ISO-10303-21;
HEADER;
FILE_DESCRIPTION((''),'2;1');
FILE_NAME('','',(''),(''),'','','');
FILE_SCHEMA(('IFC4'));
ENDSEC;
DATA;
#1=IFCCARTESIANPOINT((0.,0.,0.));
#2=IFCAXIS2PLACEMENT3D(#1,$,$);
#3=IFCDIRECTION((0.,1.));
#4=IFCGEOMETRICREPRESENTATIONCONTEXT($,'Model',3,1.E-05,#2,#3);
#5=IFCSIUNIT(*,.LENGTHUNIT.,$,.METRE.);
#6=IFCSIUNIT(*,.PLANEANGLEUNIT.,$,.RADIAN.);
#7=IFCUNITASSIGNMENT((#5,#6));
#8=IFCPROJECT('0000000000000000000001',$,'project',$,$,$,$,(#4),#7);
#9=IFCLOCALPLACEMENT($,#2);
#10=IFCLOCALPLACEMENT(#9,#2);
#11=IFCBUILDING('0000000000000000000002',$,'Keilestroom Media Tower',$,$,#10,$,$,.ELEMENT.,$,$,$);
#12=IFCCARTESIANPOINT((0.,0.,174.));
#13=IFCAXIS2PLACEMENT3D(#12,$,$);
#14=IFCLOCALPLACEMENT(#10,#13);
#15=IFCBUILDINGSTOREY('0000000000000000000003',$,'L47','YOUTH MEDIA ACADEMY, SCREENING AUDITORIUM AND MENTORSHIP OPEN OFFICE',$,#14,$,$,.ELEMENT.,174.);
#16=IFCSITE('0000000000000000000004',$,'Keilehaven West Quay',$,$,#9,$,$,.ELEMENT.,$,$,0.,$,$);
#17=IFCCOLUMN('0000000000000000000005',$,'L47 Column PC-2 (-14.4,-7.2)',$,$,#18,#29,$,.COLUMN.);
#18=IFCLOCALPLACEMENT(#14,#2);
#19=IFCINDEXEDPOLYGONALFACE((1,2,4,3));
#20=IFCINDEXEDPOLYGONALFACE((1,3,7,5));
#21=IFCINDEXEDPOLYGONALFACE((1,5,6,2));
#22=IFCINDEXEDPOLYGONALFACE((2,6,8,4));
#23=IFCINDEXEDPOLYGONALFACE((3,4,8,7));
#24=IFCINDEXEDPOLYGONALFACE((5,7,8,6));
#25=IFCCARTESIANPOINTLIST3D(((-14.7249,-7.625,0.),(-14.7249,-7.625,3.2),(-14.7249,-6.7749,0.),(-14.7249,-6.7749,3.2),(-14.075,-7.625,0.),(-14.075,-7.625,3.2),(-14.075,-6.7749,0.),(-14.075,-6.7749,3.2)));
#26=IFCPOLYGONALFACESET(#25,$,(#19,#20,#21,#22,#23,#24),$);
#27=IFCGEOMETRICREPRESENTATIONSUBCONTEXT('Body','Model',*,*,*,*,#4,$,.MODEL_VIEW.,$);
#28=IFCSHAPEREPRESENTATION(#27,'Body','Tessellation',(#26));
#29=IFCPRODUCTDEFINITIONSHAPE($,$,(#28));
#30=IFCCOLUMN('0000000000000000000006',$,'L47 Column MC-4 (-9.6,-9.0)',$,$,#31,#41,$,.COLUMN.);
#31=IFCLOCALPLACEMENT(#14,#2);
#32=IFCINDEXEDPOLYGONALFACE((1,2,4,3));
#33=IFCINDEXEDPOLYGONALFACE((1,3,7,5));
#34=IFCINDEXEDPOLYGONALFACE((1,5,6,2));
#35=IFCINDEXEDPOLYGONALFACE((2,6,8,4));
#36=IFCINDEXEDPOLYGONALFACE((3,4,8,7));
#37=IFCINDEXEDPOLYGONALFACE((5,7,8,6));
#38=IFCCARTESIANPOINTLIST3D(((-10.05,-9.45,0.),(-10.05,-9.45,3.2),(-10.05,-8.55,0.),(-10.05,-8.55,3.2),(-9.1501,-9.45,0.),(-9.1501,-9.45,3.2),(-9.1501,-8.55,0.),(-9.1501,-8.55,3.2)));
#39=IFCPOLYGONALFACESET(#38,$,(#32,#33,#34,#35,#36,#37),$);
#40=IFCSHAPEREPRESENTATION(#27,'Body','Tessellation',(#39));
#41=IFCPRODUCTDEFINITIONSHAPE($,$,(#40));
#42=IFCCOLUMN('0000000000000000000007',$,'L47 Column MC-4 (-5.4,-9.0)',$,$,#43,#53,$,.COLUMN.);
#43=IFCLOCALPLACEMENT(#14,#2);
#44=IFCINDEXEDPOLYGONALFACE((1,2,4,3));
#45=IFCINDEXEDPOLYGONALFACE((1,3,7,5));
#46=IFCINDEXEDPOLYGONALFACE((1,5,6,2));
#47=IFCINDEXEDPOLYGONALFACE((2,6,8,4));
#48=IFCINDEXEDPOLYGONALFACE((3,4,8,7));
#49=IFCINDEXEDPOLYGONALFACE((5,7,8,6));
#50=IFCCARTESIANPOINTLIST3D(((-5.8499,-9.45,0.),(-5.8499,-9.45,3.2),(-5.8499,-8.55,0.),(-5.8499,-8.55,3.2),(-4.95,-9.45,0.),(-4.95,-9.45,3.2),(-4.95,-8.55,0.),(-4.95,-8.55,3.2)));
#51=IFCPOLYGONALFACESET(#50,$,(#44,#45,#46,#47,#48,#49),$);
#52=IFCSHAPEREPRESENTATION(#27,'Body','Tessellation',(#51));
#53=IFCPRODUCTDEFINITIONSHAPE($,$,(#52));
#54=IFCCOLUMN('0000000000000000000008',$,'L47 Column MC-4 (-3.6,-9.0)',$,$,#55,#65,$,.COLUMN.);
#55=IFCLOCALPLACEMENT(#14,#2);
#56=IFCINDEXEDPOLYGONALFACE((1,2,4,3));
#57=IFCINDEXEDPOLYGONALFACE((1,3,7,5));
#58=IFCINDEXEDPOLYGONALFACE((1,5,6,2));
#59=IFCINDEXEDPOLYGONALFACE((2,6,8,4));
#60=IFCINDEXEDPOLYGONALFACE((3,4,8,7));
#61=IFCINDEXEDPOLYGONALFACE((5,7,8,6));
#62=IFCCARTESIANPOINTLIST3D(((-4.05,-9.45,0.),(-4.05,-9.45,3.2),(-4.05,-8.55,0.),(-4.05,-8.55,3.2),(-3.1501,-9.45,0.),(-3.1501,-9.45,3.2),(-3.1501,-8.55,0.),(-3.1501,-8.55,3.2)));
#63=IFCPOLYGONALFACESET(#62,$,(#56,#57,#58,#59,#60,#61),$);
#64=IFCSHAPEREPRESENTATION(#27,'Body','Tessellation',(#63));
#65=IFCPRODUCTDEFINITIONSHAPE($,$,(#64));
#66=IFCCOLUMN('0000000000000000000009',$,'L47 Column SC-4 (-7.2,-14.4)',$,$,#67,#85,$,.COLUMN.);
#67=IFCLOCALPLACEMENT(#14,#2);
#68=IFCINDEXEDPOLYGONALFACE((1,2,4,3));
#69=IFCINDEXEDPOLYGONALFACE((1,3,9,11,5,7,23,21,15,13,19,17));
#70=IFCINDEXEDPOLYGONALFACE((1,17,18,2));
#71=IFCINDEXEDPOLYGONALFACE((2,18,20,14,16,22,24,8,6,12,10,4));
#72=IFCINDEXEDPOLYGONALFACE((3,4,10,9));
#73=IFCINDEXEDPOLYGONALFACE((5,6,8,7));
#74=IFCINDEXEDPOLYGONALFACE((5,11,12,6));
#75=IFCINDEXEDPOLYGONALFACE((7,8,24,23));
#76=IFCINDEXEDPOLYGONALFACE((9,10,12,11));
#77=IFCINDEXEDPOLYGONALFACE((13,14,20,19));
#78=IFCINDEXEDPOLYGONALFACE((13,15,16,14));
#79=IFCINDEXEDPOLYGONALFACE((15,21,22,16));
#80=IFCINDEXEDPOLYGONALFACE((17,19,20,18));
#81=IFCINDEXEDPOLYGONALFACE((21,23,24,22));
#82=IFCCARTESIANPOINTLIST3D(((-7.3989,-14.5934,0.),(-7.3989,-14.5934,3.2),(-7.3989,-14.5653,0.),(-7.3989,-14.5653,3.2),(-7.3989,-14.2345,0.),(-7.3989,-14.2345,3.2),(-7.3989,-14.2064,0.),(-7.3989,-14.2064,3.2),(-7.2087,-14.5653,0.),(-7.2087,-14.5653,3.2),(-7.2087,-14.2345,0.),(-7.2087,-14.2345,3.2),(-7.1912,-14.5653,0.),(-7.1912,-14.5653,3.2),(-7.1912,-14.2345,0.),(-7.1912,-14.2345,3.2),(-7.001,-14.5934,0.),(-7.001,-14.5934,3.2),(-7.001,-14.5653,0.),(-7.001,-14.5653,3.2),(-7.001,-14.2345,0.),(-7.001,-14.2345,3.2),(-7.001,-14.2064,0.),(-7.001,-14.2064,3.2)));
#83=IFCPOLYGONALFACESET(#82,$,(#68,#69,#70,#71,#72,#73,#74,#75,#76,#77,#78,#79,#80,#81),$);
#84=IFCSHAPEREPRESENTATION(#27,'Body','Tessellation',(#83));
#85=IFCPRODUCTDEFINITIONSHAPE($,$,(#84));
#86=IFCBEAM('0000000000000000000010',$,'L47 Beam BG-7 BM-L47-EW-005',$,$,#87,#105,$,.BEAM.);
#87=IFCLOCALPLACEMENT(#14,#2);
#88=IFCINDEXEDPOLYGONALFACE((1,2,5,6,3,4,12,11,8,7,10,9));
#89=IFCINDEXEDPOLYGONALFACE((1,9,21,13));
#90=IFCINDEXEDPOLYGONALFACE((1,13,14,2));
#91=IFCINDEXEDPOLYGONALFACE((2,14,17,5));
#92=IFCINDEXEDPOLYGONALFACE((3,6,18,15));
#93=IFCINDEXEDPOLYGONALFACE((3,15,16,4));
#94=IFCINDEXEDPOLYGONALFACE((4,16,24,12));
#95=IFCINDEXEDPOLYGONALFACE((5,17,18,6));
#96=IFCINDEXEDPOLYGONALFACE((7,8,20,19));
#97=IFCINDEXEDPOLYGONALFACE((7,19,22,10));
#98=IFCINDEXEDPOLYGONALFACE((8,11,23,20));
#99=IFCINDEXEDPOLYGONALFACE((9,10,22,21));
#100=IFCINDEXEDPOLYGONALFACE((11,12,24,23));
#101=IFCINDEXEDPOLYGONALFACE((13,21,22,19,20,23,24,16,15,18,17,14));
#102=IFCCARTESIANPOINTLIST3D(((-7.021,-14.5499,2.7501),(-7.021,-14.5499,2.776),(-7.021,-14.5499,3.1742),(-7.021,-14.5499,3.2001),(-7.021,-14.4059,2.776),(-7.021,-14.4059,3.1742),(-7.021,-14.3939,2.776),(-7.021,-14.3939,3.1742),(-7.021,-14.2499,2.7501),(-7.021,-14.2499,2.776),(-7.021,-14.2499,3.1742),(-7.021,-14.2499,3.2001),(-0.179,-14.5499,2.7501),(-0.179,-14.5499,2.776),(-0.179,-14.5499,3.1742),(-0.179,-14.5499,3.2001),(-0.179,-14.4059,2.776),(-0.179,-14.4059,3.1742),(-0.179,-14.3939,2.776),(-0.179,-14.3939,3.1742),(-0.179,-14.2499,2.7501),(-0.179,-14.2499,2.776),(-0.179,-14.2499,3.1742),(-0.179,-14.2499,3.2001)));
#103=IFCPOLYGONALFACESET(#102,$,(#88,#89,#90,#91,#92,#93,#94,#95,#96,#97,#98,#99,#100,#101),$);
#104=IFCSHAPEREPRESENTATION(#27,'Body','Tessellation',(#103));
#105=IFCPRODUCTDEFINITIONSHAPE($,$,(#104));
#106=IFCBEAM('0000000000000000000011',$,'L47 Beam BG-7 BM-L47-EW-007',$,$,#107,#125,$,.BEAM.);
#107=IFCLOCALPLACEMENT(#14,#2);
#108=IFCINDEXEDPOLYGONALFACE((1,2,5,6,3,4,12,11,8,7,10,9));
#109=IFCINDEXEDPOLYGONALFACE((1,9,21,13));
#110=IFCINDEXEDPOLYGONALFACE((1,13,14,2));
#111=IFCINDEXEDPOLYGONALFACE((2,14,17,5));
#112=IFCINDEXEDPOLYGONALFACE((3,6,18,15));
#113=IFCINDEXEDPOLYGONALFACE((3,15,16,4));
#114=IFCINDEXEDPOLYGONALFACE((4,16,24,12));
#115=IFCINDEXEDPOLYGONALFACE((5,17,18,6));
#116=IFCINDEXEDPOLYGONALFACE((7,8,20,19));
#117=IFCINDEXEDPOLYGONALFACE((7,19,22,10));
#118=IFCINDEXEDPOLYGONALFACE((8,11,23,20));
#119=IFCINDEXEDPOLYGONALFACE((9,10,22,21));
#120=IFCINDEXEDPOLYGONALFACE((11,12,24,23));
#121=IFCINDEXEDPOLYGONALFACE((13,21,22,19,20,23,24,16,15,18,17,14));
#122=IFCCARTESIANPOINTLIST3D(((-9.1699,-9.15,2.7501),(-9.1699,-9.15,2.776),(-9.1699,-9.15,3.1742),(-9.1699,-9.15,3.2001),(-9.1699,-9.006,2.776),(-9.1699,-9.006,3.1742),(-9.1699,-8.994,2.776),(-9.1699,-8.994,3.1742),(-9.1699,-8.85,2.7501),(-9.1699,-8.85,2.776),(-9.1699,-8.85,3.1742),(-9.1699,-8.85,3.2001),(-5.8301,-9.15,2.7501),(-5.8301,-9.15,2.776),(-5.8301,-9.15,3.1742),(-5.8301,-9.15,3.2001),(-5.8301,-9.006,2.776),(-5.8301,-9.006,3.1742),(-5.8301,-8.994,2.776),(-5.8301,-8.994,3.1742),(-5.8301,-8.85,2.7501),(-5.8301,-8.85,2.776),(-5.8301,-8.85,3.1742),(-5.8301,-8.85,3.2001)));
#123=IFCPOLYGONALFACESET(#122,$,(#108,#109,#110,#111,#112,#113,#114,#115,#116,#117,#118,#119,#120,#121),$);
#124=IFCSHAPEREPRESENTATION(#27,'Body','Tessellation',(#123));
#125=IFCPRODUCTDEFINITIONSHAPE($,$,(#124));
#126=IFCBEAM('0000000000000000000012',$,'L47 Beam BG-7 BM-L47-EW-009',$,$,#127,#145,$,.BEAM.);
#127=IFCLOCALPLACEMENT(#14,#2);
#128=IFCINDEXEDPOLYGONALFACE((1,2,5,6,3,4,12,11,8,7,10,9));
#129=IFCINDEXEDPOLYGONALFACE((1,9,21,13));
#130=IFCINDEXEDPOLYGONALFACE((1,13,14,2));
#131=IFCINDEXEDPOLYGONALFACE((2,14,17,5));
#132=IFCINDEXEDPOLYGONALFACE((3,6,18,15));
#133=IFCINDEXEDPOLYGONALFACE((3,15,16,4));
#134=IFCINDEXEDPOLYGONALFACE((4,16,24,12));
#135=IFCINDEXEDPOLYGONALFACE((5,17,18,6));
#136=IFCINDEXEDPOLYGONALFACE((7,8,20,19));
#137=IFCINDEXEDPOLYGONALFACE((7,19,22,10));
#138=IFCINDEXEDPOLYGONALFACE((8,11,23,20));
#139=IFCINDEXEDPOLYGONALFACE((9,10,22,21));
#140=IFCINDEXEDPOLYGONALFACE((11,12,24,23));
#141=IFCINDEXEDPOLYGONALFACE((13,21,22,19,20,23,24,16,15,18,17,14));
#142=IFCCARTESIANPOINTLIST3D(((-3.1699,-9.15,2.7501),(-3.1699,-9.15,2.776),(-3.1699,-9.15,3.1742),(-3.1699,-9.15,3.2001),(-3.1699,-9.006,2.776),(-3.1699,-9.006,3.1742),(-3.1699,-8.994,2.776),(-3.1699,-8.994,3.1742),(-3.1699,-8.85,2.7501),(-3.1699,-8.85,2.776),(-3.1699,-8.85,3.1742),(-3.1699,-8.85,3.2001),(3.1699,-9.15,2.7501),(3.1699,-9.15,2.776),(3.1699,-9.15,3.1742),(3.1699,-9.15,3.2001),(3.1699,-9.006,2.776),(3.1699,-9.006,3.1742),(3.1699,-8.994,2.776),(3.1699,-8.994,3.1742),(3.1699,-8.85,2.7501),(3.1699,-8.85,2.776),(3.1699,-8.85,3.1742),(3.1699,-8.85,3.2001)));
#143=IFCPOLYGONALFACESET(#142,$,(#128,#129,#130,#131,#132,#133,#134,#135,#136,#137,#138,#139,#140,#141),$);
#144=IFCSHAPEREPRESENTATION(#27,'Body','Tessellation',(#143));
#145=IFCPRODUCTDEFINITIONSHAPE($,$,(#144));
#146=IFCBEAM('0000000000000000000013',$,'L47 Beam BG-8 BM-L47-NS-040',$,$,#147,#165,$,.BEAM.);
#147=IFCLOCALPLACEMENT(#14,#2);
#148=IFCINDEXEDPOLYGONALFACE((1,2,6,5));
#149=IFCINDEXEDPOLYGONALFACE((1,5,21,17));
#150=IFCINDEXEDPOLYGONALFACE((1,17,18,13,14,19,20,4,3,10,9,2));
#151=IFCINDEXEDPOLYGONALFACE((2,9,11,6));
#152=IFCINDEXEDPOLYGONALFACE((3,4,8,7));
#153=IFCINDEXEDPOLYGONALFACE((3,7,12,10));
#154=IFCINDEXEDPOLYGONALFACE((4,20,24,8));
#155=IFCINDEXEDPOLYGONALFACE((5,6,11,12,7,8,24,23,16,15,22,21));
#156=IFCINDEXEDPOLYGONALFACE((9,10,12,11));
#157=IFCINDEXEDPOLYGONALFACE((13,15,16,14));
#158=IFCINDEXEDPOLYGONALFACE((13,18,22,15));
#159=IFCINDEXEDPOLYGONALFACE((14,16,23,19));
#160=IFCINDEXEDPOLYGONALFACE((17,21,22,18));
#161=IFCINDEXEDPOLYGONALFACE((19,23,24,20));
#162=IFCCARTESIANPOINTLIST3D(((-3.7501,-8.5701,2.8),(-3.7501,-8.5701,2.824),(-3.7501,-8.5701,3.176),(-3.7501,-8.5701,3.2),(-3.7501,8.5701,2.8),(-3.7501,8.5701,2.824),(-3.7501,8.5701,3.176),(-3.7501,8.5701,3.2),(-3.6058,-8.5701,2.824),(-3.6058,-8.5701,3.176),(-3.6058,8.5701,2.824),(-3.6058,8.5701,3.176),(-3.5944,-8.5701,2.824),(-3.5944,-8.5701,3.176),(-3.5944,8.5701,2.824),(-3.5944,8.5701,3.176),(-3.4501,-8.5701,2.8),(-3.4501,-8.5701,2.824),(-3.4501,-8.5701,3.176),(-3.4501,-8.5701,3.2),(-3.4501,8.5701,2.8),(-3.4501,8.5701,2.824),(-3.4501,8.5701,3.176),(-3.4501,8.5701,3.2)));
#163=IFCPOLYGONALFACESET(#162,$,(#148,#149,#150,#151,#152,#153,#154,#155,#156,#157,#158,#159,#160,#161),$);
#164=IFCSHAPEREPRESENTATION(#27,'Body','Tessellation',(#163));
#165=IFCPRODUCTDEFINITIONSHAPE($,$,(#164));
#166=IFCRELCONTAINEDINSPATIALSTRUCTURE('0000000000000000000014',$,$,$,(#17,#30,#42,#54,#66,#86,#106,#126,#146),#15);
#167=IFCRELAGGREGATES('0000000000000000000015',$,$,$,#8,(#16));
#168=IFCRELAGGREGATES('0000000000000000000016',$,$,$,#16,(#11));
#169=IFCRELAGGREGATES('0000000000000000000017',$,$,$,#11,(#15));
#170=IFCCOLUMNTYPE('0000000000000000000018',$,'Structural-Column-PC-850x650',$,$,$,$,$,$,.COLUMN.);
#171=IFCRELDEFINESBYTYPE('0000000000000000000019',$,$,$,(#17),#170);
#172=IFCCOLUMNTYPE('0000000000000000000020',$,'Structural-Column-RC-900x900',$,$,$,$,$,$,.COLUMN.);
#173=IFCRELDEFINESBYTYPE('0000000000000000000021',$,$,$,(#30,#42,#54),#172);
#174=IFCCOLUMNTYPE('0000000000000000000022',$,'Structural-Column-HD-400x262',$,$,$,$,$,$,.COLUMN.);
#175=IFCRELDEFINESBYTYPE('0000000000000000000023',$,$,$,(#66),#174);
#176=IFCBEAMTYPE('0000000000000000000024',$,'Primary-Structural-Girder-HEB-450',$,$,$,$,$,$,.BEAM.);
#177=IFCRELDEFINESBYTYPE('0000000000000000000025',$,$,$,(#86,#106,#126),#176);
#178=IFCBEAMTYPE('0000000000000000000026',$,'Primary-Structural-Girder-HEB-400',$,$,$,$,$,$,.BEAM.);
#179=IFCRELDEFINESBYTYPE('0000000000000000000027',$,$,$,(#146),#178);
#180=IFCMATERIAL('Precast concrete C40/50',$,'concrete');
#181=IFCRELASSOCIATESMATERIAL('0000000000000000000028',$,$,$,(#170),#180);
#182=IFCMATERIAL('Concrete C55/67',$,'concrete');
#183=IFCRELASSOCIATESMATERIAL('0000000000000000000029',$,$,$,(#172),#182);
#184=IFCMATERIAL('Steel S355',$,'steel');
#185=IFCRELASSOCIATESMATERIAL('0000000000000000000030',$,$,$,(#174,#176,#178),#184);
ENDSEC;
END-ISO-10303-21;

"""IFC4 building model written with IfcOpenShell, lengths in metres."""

from ifc_helpers import new_model, si_unit, direction, frame, origin, origin_2d, place, context, subcontext, project, spatial, rectangle, i_section, extrude, source, transform, mapped, material, material_profile, profile_set, type_object, element, save


model = new_model("IFC4")

# Units and contexts
model_context = context("Model", 3, precision=1e-05, world=origin(), true_north=direction((0.0, 1.0)))
body_context = subcontext(model_context, "Body", "Model", "MODEL_VIEW")
ifc_project = project(units=[si_unit("LENGTHUNIT", "METRE"), si_unit("PLANEANGLEUNIT", "RADIAN")], contexts=[model_context])

# Site, building, storey
site_placement = place(None, origin())
site = spatial("IfcSite", under=ifc_project, at=site_placement, Name="Keilehaven West Quay", CompositionType="ELEMENT", RefElevation=0.0)
building_placement = place(site_placement, origin())
building = spatial("IfcBuilding", under=site, at=building_placement, Name="Keilestroom Media Tower", CompositionType="ELEMENT")
storey_placement = place(building_placement, frame((0.0, 0.0, 174.0)))
storey = spatial("IfcBuildingStorey", under=building, at=storey_placement, Name="L47", Description="YOUTH MEDIA ACADEMY, SCREENING AUDITORIUM AND MENTORSHIP OPEN OFFICE", CompositionType="ELEMENT", Elevation=174.0)

# Columns
ifc_material_1 = material(Name="Precast concrete C40/50", Category="concrete")
ifc_material_profile_1 = material_profile(ifc_material_1, rectangle(XDim=0.6499, YDim=0.8501, at=origin_2d()), Name="PC 850x650")
ifc_profile_set_1 = profile_set([ifc_material_profile_1], Name="Precast concrete C40/50")
column_type_1 = type_object("IfcColumnType", Name="Structural-Column-PC-850x650", PredefinedType="COLUMN", material=ifc_profile_set_1)
shared_shape_1 = source(origin(), body_context, "Body", "SweptSolid", [
    extrude(rectangle(XDim=0.6499, YDim=0.8501, at=origin_2d()), origin(), (0.0, 0.0, 1.0), 3.2),
])
column_1_placement = place(storey_placement, frame((-14.3999, -7.2, 0.0), z_axis=(0.0, 0.0, 1.0), x_axis=(1.0, 0.0, 0.0)))
element("IfcColumn", 1, at=column_1_placement, inside=storey, type_object=column_type_1, Name="L47 Column PC-2 (-14.4,-7.2)", PredefinedType="COLUMN", context=body_context, shape_type="MappedRepresentation", body=[
    mapped(shared_shape_1, transform((0.0, 0.0, 0.0), x_axis=(1.0, 0.0, 0.0), y_axis=(0.0, 1.0, 0.0), z_axis=(0.0, 0.0, 1.0), scale=1.0)),
])
ifc_material_2 = material(Name="Concrete C55/67", Category="concrete")
ifc_material_profile_2 = material_profile(ifc_material_2, rectangle(XDim=0.8999, YDim=0.8999, at=origin_2d()), Name="RC 900x900")
ifc_profile_set_2 = profile_set([ifc_material_profile_2], Name="Concrete C55/67")
column_type_2 = type_object("IfcColumnType", Name="Structural-Column-RC-900x900", PredefinedType="COLUMN", material=ifc_profile_set_2)
shared_shape_2 = source(origin(), body_context, "Body", "SweptSolid", [
    extrude(rectangle(XDim=0.8999, YDim=0.8999, at=origin_2d()), origin(), (0.0, 0.0, 1.0), 3.2),
])
for number, where, z_axis, x_axis, name in (
    (2, (-9.6001, -9.0, 0.0), (0.0, 0.0, 1.0), (1.0, 0.0, 0.0), "L47 Column MC-4 (-9.6,-9.0)"),
    (3, (-5.3999, -9.0, 0.0), (0.0, 0.0, 1.0), (1.0, 0.0, 0.0), "L47 Column MC-4 (-5.4,-9.0)"),
    (4, (-3.6001, -9.0, 0.0), (0.0, 0.0, 1.0), (1.0, 0.0, 0.0), "L47 Column MC-4 (-3.6,-9.0)"),
):
    element("IfcColumn", number, at=place(storey_placement, frame(where, z_axis=z_axis, x_axis=x_axis)), inside=storey, type_object=column_type_2, Name=name, PredefinedType="COLUMN", context=body_context, shape_type="MappedRepresentation", body=[
        mapped(shared_shape_2, transform((0.0, 0.0, 0.0), x_axis=(1.0, 0.0, 0.0), y_axis=(0.0, 1.0, 0.0), z_axis=(0.0, 0.0, 1.0), scale=1.0)),
    ])
ifc_material_3 = material(Name="Steel S355", Category="steel")
ifc_material_profile_3 = material_profile(ifc_material_3, i_section(OverallWidth=0.3979, OverallDepth=0.387, WebThickness=0.0176, FlangeThickness=0.0281, at=origin_2d()), Name="HD 400x262")
ifc_profile_set_3 = profile_set([ifc_material_profile_3], Name="Steel S355")
column_type_3 = type_object("IfcColumnType", Name="Structural-Column-HD-400x262", PredefinedType="COLUMN", material=ifc_profile_set_3)
shared_shape_3 = source(origin(), body_context, "Body", "SweptSolid", [
    extrude(i_section(OverallWidth=0.3979, OverallDepth=0.387, WebThickness=0.0176, FlangeThickness=0.0281, at=origin_2d()), origin(), (0.0, 0.0, 1.0), 3.2),
])
column_2_placement = place(storey_placement, frame((-7.2, -14.3999, 0.0), z_axis=(0.0, 0.0, 1.0), x_axis=(1.0, 0.0, 0.0)))
element("IfcColumn", 5, at=column_2_placement, inside=storey, type_object=column_type_3, Name="L47 Column SC-4 (-7.2,-14.4)", PredefinedType="COLUMN", context=body_context, shape_type="MappedRepresentation", body=[
    mapped(shared_shape_3, transform((0.0, 0.0, 0.0), x_axis=(1.0, 0.0, 0.0), y_axis=(0.0, 1.0, 0.0), z_axis=(0.0, 0.0, 1.0), scale=1.0)),
])

# Beams
ifc_material_profile_4 = material_profile(ifc_material_3, i_section(OverallWidth=0.3, OverallDepth=0.45, WebThickness=0.012, FlangeThickness=0.0259, at=origin_2d()), Name="HEB 450")
ifc_profile_set_4 = profile_set([ifc_material_profile_4], Name="Steel S355")
beam_type_1 = type_object("IfcBeamType", Name="Primary-Structural-Girder-HEB-450", PredefinedType="BEAM", material=ifc_profile_set_4)
shared_shape_4 = source(origin(), body_context, "Body", "SweptSolid", [
    extrude(i_section(OverallWidth=0.3, OverallDepth=0.45, WebThickness=0.012, FlangeThickness=0.0259, at=origin_2d()), origin(), (0.0, 0.0, 1.0), 6.842),
])
beam_1_placement = place(storey_placement, frame((-7.021, -14.3999, 2.9751), z_axis=(1.0, 0.0, 0.0), x_axis=(0.0, 1.0, 0.0)))
element("IfcBeam", 6, at=beam_1_placement, inside=storey, type_object=beam_type_1, Name="L47 Beam BG-7 BM-L47-EW-005", PredefinedType="BEAM", context=body_context, shape_type="MappedRepresentation", body=[
    mapped(shared_shape_4, transform((0.0, 0.0, 0.0), x_axis=(1.0, 0.0, 0.0), y_axis=(0.0, 1.0, 0.0), z_axis=(0.0, 0.0, 1.0), scale=1.0)),
])
shared_shape_5 = source(origin(), body_context, "Body", "SweptSolid", [
    extrude(i_section(OverallWidth=0.3, OverallDepth=0.45, WebThickness=0.012, FlangeThickness=0.0259, at=origin_2d()), origin(), (0.0, 0.0, 1.0), 3.3398),
])
beam_2_placement = place(storey_placement, frame((-9.1699, -9.0, 2.9751), z_axis=(1.0, 0.0, 0.0), x_axis=(0.0, 1.0, 0.0)))
element("IfcBeam", 7, at=beam_2_placement, inside=storey, type_object=beam_type_1, Name="L47 Beam BG-7 BM-L47-EW-007", PredefinedType="BEAM", context=body_context, shape_type="MappedRepresentation", body=[
    mapped(shared_shape_5, transform((0.0, 0.0, 0.0), x_axis=(1.0, 0.0, 0.0), y_axis=(0.0, 1.0, 0.0), z_axis=(0.0, 0.0, 1.0), scale=1.0)),
])
shared_shape_6 = source(origin(), body_context, "Body", "SweptSolid", [
    extrude(i_section(OverallWidth=0.3, OverallDepth=0.45, WebThickness=0.012, FlangeThickness=0.0259, at=origin_2d()), origin(), (0.0, 0.0, 1.0), 6.3398),
])
beam_3_placement = place(storey_placement, frame((-3.1699, -9.0, 2.9751), z_axis=(1.0, 0.0, 0.0), x_axis=(0.0, 1.0, 0.0)))
element("IfcBeam", 8, at=beam_3_placement, inside=storey, type_object=beam_type_1, Name="L47 Beam BG-7 BM-L47-EW-009", PredefinedType="BEAM", context=body_context, shape_type="MappedRepresentation", body=[
    mapped(shared_shape_6, transform((0.0, 0.0, 0.0), x_axis=(1.0, 0.0, 0.0), y_axis=(0.0, 1.0, 0.0), z_axis=(0.0, 0.0, 1.0), scale=1.0)),
])
ifc_material_profile_5 = material_profile(ifc_material_3, i_section(OverallWidth=0.3, OverallDepth=0.3999, WebThickness=0.0115, FlangeThickness=0.0239, at=origin_2d()), Name="HEB 400")
ifc_profile_set_5 = profile_set([ifc_material_profile_5], Name="Steel S355")
beam_type_2 = type_object("IfcBeamType", Name="Primary-Structural-Girder-HEB-400", PredefinedType="BEAM", material=ifc_profile_set_5)
shared_shape_7 = source(origin(), body_context, "Body", "SweptSolid", [
    extrude(i_section(OverallWidth=0.3, OverallDepth=0.3999, WebThickness=0.0115, FlangeThickness=0.0239, at=origin_2d()), origin(), (0.0, 0.0, 1.0), 17.1401),
])
beam_4_placement = place(storey_placement, frame((-3.6001, -8.5701, 3.0), z_axis=(0.0, 1.0, 0.0), x_axis=(-1.0, 0.0, 0.0)))
element("IfcBeam", 9, at=beam_4_placement, inside=storey, type_object=beam_type_2, Name="L47 Beam BG-8 BM-L47-NS-040", PredefinedType="BEAM", context=body_context, shape_type="MappedRepresentation", body=[
    mapped(shared_shape_7, transform((0.0, 0.0, 0.0), x_axis=(1.0, 0.0, 0.0), y_axis=(0.0, 1.0, 0.0), z_axis=(0.0, 0.0, 1.0), scale=1.0)),
])

save(model, "model.ifc")
